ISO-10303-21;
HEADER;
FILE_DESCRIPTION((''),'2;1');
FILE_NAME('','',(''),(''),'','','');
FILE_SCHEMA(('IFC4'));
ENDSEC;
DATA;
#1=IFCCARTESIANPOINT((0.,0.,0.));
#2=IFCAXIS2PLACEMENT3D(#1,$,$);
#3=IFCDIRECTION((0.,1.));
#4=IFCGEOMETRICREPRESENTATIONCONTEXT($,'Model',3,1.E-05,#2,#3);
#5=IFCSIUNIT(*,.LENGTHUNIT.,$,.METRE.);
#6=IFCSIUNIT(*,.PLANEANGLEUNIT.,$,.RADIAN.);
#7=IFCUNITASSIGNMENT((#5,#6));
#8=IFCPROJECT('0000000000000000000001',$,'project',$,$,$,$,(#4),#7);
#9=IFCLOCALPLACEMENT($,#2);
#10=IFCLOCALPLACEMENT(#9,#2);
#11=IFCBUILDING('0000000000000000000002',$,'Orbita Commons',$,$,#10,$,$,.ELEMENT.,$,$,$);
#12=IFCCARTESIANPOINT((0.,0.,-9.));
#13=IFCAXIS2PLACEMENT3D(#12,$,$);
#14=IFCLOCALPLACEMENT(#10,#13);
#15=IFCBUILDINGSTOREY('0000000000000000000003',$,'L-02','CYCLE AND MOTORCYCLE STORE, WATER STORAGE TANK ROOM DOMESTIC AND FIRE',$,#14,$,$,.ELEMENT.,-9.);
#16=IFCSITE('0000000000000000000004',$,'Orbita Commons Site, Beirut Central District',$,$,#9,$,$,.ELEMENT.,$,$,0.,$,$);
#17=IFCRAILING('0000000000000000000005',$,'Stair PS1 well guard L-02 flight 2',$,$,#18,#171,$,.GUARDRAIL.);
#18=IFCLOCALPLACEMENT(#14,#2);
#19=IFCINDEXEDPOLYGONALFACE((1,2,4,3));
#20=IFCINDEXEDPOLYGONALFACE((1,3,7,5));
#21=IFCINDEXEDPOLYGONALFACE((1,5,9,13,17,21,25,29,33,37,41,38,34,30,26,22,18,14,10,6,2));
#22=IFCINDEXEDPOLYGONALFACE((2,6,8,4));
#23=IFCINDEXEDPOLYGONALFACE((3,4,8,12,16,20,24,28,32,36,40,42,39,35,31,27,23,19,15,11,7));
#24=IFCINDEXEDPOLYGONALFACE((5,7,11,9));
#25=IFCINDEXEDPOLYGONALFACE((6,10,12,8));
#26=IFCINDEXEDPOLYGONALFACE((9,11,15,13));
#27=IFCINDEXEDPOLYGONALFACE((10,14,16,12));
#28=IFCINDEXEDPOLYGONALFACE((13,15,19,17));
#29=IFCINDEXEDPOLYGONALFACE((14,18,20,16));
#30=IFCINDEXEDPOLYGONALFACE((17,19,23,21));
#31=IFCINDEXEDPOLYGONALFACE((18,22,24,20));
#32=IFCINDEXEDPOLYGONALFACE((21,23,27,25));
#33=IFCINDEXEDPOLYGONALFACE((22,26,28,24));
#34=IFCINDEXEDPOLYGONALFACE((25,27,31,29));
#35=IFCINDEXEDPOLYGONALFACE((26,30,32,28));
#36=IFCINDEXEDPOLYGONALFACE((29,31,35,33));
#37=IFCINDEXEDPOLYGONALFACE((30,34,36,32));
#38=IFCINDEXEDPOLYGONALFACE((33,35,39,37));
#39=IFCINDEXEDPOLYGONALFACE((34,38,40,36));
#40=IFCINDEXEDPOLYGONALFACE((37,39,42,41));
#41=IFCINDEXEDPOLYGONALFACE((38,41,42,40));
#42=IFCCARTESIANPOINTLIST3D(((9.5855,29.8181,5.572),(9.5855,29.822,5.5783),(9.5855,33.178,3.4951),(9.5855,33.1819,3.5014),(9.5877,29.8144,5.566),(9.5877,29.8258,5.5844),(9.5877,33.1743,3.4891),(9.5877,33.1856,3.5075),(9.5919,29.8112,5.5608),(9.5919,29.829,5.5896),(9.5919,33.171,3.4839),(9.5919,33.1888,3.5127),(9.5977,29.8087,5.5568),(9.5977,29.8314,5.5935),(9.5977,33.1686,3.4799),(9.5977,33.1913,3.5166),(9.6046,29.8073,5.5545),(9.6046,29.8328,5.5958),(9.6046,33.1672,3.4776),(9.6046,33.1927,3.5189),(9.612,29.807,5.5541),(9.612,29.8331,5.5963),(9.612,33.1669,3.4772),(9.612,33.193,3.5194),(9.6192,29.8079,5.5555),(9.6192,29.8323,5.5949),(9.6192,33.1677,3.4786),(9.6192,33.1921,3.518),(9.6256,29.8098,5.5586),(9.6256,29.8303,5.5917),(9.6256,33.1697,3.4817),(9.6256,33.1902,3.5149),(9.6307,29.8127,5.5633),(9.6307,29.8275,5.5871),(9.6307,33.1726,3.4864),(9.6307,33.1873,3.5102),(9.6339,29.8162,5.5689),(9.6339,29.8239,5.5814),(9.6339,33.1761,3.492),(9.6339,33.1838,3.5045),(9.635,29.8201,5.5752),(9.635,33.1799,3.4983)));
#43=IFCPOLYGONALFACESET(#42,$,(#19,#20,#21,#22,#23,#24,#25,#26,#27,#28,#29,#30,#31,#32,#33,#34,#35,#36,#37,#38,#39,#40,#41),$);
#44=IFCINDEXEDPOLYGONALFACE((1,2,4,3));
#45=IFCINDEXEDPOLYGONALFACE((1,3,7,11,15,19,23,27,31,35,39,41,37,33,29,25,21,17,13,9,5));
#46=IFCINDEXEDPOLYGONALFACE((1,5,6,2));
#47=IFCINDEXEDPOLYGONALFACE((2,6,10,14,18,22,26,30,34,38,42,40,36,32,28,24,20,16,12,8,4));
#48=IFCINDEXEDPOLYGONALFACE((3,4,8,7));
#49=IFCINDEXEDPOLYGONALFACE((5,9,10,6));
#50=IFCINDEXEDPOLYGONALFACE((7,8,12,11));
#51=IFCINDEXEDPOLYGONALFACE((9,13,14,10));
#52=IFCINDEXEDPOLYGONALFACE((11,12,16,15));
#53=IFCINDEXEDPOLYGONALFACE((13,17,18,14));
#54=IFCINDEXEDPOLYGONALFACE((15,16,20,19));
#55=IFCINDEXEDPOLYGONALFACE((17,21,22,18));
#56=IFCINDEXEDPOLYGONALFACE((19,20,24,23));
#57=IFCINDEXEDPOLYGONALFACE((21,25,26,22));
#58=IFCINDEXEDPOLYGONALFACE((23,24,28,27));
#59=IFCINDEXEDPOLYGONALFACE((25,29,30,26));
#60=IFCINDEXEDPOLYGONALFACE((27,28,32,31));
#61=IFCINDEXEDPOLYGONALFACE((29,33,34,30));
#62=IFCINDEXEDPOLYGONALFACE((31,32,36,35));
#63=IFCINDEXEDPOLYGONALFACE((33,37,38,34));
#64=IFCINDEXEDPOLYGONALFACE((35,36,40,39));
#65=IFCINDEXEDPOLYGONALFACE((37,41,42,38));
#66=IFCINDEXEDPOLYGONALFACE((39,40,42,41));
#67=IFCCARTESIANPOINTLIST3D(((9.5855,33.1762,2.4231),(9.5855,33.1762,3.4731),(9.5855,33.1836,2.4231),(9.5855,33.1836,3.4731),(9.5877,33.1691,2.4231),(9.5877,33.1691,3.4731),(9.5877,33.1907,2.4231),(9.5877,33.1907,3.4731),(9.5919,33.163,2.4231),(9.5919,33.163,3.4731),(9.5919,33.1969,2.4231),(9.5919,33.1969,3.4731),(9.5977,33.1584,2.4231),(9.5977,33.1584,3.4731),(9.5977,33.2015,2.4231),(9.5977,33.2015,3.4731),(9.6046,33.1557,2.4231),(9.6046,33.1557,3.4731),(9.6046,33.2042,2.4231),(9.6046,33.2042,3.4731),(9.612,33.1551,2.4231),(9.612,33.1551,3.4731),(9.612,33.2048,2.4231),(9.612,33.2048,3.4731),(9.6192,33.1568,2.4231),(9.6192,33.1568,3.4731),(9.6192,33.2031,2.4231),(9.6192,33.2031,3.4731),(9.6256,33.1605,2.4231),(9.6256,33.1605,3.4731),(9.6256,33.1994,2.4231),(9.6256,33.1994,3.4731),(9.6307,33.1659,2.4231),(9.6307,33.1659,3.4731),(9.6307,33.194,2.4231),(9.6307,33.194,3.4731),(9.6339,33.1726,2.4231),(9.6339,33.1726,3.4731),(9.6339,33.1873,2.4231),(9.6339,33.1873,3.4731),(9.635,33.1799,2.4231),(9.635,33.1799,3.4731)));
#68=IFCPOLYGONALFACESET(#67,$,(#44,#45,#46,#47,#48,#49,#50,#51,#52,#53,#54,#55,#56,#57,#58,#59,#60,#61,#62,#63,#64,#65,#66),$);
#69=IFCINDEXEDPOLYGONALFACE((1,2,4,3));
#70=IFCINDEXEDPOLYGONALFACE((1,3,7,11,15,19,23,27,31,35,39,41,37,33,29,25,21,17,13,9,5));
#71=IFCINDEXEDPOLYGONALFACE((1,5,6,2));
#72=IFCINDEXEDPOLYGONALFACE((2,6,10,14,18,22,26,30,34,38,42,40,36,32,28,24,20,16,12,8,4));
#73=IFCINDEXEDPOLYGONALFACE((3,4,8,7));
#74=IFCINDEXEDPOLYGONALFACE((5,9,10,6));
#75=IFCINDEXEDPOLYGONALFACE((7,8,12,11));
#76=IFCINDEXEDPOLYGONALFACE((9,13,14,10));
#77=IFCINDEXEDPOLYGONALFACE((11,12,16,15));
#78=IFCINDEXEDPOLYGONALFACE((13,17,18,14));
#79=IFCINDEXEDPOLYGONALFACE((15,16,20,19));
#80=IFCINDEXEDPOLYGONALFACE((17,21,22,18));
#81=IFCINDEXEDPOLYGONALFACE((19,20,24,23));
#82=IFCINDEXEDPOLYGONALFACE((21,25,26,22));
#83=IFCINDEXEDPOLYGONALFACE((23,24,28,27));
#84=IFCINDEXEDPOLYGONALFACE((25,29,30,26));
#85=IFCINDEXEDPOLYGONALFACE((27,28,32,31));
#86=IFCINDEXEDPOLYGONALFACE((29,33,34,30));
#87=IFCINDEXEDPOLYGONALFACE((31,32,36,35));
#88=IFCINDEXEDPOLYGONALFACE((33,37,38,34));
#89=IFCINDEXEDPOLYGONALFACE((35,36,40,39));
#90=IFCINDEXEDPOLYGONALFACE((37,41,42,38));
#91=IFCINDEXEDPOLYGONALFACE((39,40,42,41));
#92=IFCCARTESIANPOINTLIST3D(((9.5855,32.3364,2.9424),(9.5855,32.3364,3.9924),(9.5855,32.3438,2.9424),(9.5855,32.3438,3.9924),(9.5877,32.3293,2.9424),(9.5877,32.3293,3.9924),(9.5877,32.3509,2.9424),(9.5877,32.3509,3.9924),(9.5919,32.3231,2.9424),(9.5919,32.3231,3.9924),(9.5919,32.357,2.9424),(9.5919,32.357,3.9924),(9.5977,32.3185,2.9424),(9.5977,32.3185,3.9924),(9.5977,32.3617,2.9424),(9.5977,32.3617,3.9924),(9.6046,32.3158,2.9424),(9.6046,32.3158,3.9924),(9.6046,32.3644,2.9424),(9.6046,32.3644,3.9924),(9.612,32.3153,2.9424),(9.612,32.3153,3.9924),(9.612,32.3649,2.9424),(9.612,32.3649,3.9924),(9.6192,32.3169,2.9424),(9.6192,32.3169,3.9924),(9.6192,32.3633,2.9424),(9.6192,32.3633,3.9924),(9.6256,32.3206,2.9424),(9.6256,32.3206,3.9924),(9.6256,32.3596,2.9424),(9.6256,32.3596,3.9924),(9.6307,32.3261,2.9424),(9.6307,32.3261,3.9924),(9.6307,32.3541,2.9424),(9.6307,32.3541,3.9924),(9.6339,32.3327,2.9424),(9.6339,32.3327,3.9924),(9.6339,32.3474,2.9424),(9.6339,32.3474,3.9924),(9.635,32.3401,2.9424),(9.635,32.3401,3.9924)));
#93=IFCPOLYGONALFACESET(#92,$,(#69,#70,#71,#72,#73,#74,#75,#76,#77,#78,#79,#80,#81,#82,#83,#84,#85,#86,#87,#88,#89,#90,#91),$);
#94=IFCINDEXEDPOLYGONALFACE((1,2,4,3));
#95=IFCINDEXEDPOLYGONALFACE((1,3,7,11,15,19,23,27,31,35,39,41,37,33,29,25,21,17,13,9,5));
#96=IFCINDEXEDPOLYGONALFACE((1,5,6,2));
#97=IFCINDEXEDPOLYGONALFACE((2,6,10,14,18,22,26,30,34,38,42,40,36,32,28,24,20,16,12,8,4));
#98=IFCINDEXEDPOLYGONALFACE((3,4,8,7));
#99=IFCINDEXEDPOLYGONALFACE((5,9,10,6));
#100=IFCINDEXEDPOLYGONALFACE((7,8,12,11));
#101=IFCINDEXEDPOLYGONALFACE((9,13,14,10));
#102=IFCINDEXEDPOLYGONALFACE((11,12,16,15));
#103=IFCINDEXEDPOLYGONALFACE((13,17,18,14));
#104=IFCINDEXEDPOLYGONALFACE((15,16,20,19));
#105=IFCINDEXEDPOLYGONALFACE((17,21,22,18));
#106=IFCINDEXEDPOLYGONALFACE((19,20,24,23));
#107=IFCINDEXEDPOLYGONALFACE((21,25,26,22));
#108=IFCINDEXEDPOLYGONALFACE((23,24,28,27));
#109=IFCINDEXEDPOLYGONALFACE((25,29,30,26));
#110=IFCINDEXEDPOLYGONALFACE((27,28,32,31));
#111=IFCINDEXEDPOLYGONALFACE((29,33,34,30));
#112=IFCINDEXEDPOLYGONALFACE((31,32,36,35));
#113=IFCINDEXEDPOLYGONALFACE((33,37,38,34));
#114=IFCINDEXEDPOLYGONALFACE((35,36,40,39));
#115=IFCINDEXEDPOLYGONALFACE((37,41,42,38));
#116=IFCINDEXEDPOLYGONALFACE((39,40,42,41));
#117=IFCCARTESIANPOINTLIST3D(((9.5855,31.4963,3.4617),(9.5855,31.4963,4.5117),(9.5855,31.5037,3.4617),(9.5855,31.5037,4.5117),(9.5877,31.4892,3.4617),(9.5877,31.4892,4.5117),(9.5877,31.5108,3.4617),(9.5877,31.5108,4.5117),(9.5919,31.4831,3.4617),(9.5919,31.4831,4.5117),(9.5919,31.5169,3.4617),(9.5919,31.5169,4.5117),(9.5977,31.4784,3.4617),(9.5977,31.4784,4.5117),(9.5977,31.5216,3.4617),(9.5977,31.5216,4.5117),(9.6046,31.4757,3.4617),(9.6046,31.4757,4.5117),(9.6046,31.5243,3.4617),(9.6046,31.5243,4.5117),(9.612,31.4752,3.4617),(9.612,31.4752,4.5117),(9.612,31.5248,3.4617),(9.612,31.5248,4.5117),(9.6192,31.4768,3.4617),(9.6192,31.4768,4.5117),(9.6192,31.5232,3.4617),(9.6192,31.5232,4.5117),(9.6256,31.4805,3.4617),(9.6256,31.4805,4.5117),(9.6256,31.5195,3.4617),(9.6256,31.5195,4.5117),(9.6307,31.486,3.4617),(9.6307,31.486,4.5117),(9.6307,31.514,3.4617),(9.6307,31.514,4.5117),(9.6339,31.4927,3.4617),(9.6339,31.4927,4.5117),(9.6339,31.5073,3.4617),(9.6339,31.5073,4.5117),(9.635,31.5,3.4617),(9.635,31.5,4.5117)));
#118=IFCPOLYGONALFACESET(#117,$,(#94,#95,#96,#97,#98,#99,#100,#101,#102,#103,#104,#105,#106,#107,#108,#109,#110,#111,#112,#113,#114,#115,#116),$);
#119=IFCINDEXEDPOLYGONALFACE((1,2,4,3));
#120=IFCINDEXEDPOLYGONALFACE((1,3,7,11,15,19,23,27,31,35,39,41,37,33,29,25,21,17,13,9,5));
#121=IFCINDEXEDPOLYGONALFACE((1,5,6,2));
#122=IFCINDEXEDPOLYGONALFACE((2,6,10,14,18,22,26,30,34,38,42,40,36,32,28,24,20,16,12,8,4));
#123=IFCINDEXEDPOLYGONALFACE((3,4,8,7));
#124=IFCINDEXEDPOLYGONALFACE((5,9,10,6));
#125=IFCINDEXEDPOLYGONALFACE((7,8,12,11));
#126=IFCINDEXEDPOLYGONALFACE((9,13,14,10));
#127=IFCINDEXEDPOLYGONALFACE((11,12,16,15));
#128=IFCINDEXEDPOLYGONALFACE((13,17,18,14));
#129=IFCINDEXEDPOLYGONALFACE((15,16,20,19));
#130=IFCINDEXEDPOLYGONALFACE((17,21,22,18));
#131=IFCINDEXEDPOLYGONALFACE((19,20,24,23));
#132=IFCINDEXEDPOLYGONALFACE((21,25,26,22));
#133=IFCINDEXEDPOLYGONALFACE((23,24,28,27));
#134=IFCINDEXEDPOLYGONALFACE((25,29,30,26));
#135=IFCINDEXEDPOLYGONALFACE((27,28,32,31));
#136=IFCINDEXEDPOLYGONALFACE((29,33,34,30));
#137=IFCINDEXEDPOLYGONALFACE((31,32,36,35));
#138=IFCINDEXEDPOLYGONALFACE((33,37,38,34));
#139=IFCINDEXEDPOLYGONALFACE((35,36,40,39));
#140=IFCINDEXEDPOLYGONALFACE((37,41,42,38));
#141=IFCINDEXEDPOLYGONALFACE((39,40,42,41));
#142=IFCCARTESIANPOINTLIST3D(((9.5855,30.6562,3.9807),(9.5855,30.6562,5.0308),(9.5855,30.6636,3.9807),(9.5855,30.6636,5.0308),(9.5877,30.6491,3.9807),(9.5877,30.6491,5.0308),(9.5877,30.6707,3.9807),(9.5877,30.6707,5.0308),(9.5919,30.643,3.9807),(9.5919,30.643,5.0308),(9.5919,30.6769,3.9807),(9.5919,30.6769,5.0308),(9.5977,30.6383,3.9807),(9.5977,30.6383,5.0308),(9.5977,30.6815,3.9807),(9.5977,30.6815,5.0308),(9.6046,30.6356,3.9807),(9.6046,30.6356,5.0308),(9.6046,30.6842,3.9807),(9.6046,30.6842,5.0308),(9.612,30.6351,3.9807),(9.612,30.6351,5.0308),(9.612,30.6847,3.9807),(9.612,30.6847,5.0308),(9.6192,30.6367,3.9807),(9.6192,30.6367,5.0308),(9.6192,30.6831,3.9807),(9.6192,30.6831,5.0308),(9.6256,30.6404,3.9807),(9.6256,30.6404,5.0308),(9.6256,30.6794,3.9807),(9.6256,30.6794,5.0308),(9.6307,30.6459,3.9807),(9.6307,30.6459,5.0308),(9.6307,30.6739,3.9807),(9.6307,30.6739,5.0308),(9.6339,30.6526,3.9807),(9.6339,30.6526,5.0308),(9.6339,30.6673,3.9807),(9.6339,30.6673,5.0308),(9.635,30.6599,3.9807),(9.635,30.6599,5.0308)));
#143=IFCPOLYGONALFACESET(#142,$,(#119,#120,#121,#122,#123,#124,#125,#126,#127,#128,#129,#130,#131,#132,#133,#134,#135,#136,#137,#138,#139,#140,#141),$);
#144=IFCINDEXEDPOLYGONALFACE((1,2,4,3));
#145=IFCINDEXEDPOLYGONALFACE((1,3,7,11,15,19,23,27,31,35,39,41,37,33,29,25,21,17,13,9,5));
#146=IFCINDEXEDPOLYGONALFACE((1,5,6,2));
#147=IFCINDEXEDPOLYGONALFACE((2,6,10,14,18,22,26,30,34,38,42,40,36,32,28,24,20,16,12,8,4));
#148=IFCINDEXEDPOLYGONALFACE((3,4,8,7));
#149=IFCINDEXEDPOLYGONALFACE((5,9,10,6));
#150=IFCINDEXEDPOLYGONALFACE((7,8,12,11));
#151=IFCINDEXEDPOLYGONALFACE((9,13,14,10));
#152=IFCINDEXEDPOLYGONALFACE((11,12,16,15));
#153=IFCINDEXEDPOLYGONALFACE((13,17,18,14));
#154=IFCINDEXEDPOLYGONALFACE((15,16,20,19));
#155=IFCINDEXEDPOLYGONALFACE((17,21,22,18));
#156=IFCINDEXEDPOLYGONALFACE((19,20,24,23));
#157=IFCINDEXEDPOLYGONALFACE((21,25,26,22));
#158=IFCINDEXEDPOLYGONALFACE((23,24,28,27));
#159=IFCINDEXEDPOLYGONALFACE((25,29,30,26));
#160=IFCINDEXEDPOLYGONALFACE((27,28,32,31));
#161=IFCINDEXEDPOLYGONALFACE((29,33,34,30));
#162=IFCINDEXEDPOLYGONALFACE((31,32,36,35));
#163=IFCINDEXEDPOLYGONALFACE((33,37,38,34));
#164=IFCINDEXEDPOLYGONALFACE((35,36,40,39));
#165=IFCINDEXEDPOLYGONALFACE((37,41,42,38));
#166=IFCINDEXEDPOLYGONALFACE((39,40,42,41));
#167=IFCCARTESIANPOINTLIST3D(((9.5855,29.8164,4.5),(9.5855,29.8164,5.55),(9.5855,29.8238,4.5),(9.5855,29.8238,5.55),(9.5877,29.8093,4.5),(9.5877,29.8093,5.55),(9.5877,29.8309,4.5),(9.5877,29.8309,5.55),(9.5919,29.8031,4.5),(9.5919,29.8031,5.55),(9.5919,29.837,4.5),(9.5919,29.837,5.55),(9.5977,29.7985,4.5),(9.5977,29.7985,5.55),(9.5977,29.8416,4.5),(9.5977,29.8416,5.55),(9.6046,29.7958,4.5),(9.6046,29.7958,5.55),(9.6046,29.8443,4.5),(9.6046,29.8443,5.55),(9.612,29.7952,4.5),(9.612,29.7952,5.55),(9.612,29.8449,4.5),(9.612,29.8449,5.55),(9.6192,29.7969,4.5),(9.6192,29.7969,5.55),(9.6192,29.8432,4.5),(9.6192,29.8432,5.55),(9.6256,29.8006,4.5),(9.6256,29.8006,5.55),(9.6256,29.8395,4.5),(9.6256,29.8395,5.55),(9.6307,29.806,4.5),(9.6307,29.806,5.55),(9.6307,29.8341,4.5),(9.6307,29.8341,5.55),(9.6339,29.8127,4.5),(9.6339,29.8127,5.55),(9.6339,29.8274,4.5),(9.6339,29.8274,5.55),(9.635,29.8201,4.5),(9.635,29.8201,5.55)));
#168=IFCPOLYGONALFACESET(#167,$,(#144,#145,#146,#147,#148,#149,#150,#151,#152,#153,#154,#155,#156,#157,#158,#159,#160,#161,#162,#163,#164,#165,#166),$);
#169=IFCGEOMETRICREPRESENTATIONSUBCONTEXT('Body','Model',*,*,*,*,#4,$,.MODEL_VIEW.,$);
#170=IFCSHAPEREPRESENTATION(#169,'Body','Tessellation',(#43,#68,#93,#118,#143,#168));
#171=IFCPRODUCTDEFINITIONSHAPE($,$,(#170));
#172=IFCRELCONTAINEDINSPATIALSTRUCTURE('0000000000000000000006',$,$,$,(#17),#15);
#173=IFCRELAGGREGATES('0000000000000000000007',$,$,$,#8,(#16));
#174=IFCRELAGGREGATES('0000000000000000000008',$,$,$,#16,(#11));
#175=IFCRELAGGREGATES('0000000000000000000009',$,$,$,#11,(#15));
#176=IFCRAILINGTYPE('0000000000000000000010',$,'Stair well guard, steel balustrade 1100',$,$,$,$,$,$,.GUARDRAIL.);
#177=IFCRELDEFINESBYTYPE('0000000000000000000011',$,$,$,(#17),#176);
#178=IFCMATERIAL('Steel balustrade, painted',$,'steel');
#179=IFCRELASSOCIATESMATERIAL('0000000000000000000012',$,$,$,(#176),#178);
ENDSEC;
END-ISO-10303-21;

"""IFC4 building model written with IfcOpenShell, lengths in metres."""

from ifc_helpers import new_model, si_unit, direction, frame, origin, origin_2d, place, context, subcontext, project, spatial, circle, extrude, material, type_object, element, save


model = new_model("IFC4")

# Units and contexts
model_context = context("Model", 3, precision=1e-05, world=origin(), true_north=direction((0.0, 1.0)))
body_context = subcontext(model_context, "Body", "Model", "MODEL_VIEW")
ifc_project = project(units=[si_unit("LENGTHUNIT", "METRE"), si_unit("PLANEANGLEUNIT", "RADIAN")], contexts=[model_context])

# Site, building, storey
site_placement = place(None, origin())
site = spatial("IfcSite", under=ifc_project, at=site_placement, Name="Orbita Commons Site, Beirut Central District", CompositionType="ELEMENT", RefElevation=0.0)
building_placement = place(site_placement, origin())
building = spatial("IfcBuilding", under=site, at=building_placement, Name="Orbita Commons", CompositionType="ELEMENT")
storey_placement = place(building_placement, frame((0.0, 0.0, -9.0)))
storey = spatial("IfcBuildingStorey", under=building, at=storey_placement, Name="L-02", Description="CYCLE AND MOTORCYCLE STORE, WATER STORAGE TANK ROOM DOMESTIC AND FIRE", CompositionType="ELEMENT", Elevation=-9.0)

# Railing
ifc_material_1 = material(Name="Steel balustrade, painted", Category="steel")
railing_type_1 = type_object("IfcRailingType", Name="Stair well guard, steel balustrade 1100", PredefinedType="GUARDRAIL", material=ifc_material_1)
railing_1_placement = place(storey_placement, frame((9.6101, 33.1799, 2.4231)))
element("IfcRailing", 1, at=railing_1_placement, inside=storey, type_object=railing_type_1, Name="Stair PS1 well guard L-02 flight 2", PredefinedType="GUARDRAIL", context=body_context, shape_type="SweptSolid", body=[
    extrude(circle(Radius=0.0249, at=origin_2d()), frame((0.0, 0.0, 1.0752), z_axis=(0.0, -0.850606, 0.525803), x_axis=(1.0, 0.0, 0.0)), (0.0, 0.0, 1.0), 3.95),
    extrude(circle(Radius=0.0249, at=origin_2d()), origin(), (0.0, 0.0, 1.0), 1.05),
    extrude(circle(Radius=0.0249, at=origin_2d()), frame((0.0, -0.8398, 0.5193)), (0.0, 0.0, 1.0), 1.05),
    extrude(circle(Radius=0.0249, at=origin_2d()), frame((0.0, -1.6799, 1.0386)), (0.0, 0.0, 1.0), 1.05),
    extrude(circle(Radius=0.0249, at=origin_2d()), frame((0.0, -2.52, 1.5576)), (0.0, 0.0, 1.0), 1.05),
    extrude(circle(Radius=0.0249, at=origin_2d()), frame((0.0, -3.3599, 2.0769)), (0.0, 0.0, 1.0), 1.05),
])

save(model, "model.ifc")
